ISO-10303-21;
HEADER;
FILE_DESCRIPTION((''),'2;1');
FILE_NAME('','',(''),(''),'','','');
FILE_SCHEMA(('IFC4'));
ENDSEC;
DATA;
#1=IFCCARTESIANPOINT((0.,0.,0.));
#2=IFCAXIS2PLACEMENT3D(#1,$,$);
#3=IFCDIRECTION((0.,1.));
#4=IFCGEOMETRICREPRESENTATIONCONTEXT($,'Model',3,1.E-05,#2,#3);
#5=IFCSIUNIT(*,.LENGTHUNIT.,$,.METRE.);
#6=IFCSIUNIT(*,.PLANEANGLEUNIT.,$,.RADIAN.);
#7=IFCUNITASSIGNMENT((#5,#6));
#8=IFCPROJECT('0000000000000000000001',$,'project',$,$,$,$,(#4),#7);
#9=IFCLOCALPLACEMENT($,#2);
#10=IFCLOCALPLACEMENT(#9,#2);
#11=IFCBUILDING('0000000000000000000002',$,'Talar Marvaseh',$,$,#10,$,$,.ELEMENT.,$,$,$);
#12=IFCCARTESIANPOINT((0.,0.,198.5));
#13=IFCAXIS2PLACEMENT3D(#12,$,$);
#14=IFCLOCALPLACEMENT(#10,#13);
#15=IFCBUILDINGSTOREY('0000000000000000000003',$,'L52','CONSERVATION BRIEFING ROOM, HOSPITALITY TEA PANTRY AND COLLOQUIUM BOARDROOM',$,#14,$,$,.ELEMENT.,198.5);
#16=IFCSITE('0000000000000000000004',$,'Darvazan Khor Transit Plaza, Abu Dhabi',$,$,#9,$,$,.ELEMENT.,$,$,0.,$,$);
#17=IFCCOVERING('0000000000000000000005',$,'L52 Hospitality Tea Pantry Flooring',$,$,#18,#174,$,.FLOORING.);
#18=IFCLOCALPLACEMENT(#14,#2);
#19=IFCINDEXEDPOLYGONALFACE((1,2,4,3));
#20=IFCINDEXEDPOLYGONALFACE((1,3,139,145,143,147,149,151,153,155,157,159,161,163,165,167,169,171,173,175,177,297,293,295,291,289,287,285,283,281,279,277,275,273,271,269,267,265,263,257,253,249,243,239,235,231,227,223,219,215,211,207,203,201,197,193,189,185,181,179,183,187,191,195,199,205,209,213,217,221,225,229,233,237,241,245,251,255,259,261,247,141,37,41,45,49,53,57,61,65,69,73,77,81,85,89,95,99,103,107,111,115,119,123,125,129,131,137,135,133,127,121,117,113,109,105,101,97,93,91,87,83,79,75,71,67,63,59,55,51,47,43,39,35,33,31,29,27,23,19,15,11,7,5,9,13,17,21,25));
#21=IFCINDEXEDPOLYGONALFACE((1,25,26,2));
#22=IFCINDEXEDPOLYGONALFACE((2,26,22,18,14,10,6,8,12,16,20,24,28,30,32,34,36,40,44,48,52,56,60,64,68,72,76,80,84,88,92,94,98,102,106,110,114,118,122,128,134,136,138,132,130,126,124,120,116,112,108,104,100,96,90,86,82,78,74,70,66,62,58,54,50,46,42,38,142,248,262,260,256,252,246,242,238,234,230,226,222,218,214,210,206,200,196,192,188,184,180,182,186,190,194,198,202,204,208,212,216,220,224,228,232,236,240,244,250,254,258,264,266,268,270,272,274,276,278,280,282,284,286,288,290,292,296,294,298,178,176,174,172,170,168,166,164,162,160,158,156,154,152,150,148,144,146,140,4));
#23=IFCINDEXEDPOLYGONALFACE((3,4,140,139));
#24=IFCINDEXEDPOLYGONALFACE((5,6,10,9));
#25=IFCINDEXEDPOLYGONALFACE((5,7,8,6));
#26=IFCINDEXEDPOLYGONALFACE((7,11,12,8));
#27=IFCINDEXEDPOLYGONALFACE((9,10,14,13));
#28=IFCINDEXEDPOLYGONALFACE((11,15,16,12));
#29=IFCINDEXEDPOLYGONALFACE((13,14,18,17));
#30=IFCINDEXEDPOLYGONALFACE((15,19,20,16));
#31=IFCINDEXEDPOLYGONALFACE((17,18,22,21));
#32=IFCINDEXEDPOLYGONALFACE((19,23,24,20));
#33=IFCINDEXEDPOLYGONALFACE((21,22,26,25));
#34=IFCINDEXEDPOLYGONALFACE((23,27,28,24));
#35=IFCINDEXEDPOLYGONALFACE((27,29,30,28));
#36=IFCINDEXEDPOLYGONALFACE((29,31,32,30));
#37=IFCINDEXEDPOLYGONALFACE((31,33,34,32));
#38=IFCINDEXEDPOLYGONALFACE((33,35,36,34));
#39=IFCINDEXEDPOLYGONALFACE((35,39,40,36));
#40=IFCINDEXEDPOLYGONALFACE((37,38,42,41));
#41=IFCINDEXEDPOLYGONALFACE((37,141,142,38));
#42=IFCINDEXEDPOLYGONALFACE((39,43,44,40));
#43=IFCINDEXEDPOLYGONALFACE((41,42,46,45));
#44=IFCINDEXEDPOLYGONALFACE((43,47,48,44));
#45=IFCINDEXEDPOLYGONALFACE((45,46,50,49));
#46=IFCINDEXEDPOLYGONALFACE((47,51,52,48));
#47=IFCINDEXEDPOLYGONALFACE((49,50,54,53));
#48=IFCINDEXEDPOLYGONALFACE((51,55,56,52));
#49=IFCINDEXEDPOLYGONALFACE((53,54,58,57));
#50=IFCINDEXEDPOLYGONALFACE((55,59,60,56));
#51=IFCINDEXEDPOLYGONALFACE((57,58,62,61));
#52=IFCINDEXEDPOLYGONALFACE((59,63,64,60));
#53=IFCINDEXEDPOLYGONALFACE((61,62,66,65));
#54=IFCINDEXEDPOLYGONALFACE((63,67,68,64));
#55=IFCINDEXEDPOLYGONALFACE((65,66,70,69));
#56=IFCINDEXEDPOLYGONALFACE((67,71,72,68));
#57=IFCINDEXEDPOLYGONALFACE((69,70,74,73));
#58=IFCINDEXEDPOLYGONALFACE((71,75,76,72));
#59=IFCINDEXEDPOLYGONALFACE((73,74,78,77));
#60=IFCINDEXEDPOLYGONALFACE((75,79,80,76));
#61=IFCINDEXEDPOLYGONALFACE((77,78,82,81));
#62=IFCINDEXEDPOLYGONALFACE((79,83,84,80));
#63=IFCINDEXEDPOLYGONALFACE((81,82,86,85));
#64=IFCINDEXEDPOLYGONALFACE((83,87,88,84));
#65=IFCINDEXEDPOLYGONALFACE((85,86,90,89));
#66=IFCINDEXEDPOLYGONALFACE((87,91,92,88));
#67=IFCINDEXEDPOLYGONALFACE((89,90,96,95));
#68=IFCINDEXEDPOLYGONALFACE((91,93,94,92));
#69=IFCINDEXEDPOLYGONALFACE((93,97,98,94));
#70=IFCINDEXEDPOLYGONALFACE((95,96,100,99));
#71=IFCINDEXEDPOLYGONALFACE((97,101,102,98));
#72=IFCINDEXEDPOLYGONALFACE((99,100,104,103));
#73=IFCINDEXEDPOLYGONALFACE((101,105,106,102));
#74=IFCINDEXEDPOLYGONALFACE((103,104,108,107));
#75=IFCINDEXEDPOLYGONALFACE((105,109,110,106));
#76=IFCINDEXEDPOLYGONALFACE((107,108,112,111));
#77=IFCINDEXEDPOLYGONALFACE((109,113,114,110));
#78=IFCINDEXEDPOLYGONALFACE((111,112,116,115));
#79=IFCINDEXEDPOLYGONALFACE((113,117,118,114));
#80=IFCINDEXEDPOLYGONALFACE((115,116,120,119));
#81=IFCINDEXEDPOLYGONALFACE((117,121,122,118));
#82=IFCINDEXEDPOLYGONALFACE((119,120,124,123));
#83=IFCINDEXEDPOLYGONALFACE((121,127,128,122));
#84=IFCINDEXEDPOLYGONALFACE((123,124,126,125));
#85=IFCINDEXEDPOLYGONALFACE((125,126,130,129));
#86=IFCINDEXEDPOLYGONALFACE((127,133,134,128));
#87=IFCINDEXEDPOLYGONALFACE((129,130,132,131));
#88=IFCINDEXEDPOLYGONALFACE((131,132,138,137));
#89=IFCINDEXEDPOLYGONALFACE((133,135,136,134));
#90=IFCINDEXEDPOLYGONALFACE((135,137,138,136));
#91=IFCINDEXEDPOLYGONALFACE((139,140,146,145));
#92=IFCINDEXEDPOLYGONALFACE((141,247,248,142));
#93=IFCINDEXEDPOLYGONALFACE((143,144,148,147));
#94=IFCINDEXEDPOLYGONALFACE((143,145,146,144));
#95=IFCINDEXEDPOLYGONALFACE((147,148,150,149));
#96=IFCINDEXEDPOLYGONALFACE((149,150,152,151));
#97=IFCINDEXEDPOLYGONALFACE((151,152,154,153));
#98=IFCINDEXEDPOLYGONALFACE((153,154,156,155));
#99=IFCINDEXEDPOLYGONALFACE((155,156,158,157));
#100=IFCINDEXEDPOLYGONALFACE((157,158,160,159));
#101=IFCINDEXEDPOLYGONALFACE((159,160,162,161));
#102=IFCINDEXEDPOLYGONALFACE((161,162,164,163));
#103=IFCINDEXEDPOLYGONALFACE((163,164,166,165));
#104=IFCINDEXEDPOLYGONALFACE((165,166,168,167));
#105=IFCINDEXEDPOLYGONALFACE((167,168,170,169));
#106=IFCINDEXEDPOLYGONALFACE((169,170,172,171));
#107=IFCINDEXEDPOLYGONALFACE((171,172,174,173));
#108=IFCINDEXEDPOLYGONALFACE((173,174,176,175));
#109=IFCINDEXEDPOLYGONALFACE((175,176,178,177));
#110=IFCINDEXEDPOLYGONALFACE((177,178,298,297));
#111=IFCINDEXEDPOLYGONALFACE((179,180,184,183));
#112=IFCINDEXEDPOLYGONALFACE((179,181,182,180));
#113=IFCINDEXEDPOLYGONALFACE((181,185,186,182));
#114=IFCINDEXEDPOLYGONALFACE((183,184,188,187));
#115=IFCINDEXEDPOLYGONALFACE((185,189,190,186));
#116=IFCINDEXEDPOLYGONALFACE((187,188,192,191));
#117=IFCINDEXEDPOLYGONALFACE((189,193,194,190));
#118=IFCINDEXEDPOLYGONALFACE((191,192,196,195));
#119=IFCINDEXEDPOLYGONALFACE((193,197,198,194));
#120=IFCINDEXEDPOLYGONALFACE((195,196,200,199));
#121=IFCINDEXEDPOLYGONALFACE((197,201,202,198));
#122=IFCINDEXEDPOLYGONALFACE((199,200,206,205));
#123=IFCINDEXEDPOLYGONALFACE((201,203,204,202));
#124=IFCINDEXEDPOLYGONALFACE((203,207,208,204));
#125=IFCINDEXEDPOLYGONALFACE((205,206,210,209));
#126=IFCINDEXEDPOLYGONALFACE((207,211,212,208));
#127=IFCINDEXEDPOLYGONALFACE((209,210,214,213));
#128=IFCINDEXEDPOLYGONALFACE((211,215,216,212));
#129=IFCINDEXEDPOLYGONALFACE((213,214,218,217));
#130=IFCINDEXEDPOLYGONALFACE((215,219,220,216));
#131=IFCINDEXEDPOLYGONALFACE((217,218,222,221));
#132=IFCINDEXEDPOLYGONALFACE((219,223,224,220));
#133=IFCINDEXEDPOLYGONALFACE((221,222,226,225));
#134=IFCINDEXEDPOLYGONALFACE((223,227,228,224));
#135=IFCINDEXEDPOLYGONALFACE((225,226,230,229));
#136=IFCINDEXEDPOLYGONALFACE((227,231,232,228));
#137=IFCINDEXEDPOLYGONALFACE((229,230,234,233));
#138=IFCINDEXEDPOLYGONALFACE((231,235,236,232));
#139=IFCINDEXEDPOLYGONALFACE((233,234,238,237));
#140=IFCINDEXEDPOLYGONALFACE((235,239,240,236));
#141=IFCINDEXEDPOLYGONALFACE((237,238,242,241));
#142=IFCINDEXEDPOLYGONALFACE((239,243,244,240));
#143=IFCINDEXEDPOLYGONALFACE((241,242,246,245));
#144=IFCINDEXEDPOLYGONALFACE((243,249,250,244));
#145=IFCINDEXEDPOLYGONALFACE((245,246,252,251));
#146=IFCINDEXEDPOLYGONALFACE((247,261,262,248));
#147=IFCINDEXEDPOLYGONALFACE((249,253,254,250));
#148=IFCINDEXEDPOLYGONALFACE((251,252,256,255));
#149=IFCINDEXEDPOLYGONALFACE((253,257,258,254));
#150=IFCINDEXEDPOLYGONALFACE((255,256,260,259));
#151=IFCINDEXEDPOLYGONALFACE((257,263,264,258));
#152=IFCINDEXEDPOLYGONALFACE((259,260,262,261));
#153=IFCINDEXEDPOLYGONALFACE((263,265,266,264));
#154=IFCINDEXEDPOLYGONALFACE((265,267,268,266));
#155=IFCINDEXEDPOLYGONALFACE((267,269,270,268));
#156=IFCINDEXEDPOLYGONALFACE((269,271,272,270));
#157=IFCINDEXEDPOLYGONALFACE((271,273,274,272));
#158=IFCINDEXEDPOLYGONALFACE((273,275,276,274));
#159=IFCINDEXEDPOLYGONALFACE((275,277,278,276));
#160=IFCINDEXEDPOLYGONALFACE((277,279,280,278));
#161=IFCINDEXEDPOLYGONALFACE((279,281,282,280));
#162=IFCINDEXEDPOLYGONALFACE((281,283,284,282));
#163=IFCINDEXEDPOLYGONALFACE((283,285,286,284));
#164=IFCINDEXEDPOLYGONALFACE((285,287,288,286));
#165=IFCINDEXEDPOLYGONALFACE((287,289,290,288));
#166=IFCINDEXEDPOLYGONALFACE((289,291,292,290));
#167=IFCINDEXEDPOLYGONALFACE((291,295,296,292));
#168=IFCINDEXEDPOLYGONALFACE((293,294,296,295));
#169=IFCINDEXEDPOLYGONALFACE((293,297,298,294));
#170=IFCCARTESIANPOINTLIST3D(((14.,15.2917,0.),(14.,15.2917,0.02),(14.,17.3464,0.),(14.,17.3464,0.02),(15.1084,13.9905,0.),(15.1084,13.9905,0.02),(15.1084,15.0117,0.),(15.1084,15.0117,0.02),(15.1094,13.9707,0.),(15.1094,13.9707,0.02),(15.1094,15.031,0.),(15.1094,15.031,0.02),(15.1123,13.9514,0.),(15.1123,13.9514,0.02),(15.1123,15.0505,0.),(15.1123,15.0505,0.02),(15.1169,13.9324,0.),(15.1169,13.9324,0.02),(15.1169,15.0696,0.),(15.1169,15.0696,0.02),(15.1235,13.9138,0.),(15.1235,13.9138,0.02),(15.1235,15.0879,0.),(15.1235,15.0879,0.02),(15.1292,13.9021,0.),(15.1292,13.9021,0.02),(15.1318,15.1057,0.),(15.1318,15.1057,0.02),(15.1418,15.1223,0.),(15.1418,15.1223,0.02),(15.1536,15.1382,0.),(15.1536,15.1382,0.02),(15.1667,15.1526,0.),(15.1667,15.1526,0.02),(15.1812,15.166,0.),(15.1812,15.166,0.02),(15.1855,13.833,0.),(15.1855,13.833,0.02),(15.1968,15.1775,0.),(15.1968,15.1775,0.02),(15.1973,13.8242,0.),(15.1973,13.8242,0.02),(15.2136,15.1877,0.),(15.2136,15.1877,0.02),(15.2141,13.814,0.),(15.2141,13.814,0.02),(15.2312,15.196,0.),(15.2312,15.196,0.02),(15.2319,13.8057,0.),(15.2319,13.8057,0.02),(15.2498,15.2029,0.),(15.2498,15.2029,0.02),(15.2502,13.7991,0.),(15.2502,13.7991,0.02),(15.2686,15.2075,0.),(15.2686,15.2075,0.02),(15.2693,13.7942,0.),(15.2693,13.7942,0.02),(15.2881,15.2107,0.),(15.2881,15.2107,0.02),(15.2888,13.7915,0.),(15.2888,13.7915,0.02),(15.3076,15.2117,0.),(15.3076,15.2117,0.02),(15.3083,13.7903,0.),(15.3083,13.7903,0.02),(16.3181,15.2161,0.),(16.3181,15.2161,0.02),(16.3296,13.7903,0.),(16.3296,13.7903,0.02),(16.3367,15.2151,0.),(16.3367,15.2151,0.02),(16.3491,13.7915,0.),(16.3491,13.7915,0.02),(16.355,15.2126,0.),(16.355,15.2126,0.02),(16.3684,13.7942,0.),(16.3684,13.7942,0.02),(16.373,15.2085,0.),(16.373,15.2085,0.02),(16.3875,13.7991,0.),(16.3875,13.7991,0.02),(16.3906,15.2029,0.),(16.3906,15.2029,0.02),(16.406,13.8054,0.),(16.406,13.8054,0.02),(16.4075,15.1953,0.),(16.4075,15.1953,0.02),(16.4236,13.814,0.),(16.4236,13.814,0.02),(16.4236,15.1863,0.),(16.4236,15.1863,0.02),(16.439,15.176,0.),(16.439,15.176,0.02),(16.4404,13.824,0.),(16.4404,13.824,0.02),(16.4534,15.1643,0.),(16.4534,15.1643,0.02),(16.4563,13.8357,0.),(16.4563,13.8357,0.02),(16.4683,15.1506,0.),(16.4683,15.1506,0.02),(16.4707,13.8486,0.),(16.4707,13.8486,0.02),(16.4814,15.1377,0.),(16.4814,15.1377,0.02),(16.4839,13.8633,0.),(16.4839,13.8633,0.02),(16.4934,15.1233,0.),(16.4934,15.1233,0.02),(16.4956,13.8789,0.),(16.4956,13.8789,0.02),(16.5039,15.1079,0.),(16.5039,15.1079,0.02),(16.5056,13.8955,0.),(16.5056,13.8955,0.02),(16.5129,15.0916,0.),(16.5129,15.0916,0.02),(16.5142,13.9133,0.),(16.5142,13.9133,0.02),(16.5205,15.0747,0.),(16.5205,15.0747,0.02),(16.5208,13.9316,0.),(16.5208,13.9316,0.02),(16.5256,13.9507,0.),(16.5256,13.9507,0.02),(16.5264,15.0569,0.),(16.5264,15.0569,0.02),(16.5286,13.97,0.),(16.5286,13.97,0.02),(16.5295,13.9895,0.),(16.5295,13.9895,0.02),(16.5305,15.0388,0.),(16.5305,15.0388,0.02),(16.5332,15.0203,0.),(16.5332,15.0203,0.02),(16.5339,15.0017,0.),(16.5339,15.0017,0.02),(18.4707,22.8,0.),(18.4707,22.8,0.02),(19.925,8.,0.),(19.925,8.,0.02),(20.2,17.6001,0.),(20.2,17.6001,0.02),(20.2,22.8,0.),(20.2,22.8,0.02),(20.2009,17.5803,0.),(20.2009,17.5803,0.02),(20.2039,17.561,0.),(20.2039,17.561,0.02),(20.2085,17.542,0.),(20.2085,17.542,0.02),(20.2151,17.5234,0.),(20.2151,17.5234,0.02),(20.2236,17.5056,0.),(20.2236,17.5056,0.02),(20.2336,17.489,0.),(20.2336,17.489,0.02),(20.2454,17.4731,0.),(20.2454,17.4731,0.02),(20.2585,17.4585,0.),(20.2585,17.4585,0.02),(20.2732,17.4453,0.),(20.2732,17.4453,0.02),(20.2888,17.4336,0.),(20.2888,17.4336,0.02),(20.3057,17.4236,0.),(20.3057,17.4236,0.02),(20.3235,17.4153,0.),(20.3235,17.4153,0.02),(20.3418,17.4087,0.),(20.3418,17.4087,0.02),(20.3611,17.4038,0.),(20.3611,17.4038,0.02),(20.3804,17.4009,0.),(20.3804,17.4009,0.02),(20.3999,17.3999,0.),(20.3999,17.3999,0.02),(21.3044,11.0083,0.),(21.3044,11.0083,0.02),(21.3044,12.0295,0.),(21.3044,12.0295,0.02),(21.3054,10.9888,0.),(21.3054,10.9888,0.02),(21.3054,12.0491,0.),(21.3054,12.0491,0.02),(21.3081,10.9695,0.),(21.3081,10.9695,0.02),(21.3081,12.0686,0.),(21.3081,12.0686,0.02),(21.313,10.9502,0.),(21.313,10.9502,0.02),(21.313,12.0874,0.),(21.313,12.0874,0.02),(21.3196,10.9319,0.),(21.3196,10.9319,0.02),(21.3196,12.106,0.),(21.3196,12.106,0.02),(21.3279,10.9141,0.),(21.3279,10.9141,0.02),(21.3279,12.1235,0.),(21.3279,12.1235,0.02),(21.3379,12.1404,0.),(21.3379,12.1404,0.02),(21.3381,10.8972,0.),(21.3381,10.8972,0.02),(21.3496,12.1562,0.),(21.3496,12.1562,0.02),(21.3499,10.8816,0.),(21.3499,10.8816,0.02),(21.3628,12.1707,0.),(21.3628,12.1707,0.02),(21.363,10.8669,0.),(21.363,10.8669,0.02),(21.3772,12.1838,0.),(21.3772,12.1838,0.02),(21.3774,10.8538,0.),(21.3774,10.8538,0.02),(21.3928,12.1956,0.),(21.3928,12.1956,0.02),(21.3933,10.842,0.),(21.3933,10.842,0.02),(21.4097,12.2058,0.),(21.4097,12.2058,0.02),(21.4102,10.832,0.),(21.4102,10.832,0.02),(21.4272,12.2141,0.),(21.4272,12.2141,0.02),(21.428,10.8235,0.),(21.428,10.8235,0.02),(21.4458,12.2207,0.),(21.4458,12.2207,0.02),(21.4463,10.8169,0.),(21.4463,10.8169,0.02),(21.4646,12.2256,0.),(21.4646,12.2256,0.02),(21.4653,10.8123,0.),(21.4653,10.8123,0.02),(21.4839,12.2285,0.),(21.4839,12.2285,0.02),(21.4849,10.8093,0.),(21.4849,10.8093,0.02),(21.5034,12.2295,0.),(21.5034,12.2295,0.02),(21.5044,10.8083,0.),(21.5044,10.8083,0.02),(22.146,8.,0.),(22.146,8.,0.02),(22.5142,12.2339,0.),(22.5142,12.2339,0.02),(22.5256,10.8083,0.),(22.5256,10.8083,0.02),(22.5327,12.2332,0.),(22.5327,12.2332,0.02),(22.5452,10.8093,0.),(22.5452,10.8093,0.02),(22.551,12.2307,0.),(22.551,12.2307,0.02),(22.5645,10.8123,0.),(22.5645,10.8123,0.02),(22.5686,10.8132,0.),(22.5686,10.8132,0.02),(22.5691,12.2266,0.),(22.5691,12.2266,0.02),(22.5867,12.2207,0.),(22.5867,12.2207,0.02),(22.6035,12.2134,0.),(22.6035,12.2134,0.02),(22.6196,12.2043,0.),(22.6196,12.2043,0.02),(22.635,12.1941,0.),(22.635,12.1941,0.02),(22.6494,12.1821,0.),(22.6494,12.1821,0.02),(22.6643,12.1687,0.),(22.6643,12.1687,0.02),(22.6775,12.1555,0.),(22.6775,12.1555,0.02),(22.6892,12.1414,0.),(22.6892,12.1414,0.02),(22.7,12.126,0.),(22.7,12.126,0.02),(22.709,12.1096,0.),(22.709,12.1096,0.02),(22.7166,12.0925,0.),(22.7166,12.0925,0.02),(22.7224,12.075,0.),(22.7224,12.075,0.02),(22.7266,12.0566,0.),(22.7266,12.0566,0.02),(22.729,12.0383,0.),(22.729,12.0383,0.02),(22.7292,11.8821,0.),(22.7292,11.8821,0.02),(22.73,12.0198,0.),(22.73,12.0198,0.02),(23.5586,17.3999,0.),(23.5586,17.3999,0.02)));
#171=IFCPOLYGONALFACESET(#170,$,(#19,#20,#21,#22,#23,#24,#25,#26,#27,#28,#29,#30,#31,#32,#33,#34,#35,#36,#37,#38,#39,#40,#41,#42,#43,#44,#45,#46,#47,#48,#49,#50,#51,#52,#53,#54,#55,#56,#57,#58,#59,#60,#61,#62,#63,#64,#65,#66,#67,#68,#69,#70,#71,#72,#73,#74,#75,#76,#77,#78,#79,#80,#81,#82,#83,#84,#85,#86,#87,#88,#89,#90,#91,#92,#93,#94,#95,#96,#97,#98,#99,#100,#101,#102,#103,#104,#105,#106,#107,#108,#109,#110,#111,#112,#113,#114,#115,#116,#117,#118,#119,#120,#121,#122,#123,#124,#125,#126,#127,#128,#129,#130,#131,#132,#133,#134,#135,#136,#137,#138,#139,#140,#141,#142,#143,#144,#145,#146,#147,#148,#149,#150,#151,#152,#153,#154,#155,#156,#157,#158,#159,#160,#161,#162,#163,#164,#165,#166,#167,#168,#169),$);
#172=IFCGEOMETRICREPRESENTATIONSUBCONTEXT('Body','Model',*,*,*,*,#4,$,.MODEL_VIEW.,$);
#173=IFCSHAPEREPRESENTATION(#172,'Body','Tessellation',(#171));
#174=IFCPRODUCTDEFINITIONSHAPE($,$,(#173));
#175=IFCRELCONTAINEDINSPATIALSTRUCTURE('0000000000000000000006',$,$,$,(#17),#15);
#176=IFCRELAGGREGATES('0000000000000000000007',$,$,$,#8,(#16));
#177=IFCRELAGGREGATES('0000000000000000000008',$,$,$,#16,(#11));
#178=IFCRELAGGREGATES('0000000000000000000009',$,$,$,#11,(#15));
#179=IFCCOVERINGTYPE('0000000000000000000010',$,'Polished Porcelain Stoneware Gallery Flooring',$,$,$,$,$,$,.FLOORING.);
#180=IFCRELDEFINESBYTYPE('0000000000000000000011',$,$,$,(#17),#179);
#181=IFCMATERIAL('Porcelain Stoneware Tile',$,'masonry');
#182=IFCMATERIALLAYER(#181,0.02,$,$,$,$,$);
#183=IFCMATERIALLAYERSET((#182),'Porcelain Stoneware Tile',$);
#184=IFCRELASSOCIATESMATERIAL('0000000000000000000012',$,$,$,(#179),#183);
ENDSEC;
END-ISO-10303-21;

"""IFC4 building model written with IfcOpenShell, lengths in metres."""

from ifc_helpers import new_model, si_unit, direction, frame, origin, place, context, subcontext, project, spatial, polyline, outline, extrude, material, layer, layer_set, type_object, element, save


model = new_model("IFC4")

# Units and contexts
model_context = context("Model", 3, precision=1e-05, world=origin(), true_north=direction((0.0, 1.0)))
body_context = subcontext(model_context, "Body", "Model", "MODEL_VIEW")
ifc_project = project(units=[si_unit("LENGTHUNIT", "METRE"), si_unit("PLANEANGLEUNIT", "RADIAN")], contexts=[model_context])

# Site, building, storey
site_placement = place(None, origin())
site = spatial("IfcSite", under=ifc_project, at=site_placement, Name="Darvazan Khor Transit Plaza, Abu Dhabi", CompositionType="ELEMENT", RefElevation=0.0)
building_placement = place(site_placement, origin())
building = spatial("IfcBuilding", under=site, at=building_placement, Name="Talar Marvaseh", CompositionType="ELEMENT")
storey_placement = place(building_placement, frame((0.0, 0.0, 198.5)))
storey = spatial("IfcBuildingStorey", under=building, at=storey_placement, Name="L52", Description="CONSERVATION BRIEFING ROOM, HOSPITALITY TEA PANTRY AND COLLOQUIUM BOARDROOM", CompositionType="ELEMENT", Elevation=198.5)

# Covering
ifc_material_1 = material(Name="Porcelain Stoneware Tile", Category="masonry")
ifc_layer_1 = layer(ifc_material_1, 0.02)
ifc_layer_set_1 = layer_set([ifc_layer_1], Name="Porcelain Stoneware Tile")
covering_type_1 = type_object("IfcCoveringType", Name="Polished Porcelain Stoneware Gallery Flooring", PredefinedType="FLOORING", material=ifc_layer_set_1)
covering_1_placement = place(storey_placement, origin())
element("IfcCovering", 1, at=covering_1_placement, inside=storey, type_object=covering_type_1, Name="L52 Hospitality Tea Pantry Flooring", PredefinedType="FLOORING", context=body_context, shape_type="SweptSolid", body=[
    extrude(outline(polyline([(14.0, 17.3464), (18.4707, 22.8), (20.2, 22.8), (20.2, 17.6001), (20.2009, 17.5803), (20.2039, 17.561), (20.2085, 17.542), (20.2151, 17.5234), (20.2236, 17.5056), (20.2336, 17.489), (20.2454, 17.4731), (20.2585, 17.4585), (20.2732, 17.4453), (20.2888, 17.4336), (20.3057, 17.4236), (20.3235, 17.4153), (20.3418, 17.4087), (20.3611, 17.4038), (20.3804, 17.4009), (20.3999, 17.3999), (23.5586, 17.3999), (22.7292, 11.8821), (22.73, 12.0198), (22.729, 12.0383), (22.7266, 12.0566), (22.7224, 12.075), (22.7166, 12.0925), (22.709, 12.1096), (22.7, 12.126), (22.6892, 12.1414), (22.6775, 12.1555), (22.6643, 12.1687), (22.6494, 12.1821), (22.635, 12.1941), (22.6196, 12.2043), (22.6035, 12.2134), (22.5867, 12.2207), (22.5691, 12.2266), (22.551, 12.2307), (22.5327, 12.2332), (22.5142, 12.2339), (21.5034, 12.2295), (21.4839, 12.2285), (21.4646, 12.2256), (21.4458, 12.2207), (21.4272, 12.2141), (21.4097, 12.2058), (21.3928, 12.1956), (21.3772, 12.1838), (21.3628, 12.1707), (21.3496, 12.1562), (21.3379, 12.1404), (21.3279, 12.1235), (21.3196, 12.106), (21.313, 12.0874), (21.3081, 12.0686), (21.3054, 12.0491), (21.3044, 12.0295), (21.3044, 11.0083), (21.3054, 10.9888), (21.3081, 10.9695), (21.313, 10.9502), (21.3196, 10.9319), (21.3279, 10.9141), (21.3381, 10.8972), (21.3499, 10.8816), (21.363, 10.8669), (21.3774, 10.8538), (21.3933, 10.842), (21.4102, 10.832), (21.428, 10.8235), (21.4463, 10.8169), (21.4653, 10.8123), (21.4849, 10.8093), (21.5044, 10.8083), (22.5256, 10.8083), (22.5452, 10.8093), (22.5645, 10.8123), (22.5686, 10.8132), (22.146, 8.0), (19.925, 8.0), (15.1855, 13.833), (15.1973, 13.8242), (15.2141, 13.814), (15.2319, 13.8057), (15.2502, 13.7991), (15.2693, 13.7942), (15.2888, 13.7915), (15.3083, 13.7903), (16.3296, 13.7903), (16.3491, 13.7915), (16.3684, 13.7942), (16.3875, 13.7991), (16.406, 13.8054), (16.4236, 13.814), (16.4404, 13.824), (16.4563, 13.8357), (16.4707, 13.8486), (16.4839, 13.8633), (16.4956, 13.8789), (16.5056, 13.8955), (16.5142, 13.9133), (16.5208, 13.9316), (16.5256, 13.9507), (16.5286, 13.97), (16.5295, 13.9895), (16.5339, 15.0017), (16.5332, 15.0203), (16.5305, 15.0388), (16.5264, 15.0569), (16.5205, 15.0747), (16.5129, 15.0916), (16.5039, 15.1079), (16.4934, 15.1233), (16.4814, 15.1377), (16.4683, 15.1506), (16.4534, 15.1643), (16.439, 15.176), (16.4236, 15.1863), (16.4075, 15.1953), (16.3906, 15.2029), (16.373, 15.2085), (16.355, 15.2126), (16.3367, 15.2151), (16.3181, 15.2161), (15.3076, 15.2117), (15.2881, 15.2107), (15.2686, 15.2075), (15.2498, 15.2029), (15.2312, 15.196), (15.2136, 15.1877), (15.1968, 15.1775), (15.1812, 15.166), (15.1667, 15.1526), (15.1536, 15.1382), (15.1418, 15.1223), (15.1318, 15.1057), (15.1235, 15.0879), (15.1169, 15.0696), (15.1123, 15.0505), (15.1094, 15.031), (15.1084, 15.0117), (15.1084, 13.9905), (15.1094, 13.9707), (15.1123, 13.9514), (15.1169, 13.9324), (15.1235, 13.9138), (15.1292, 13.9021), (14.0, 15.2917), (14.0, 17.3464)])), origin(), (0.0, 0.0, 1.0), 0.02),
])

save(model, "model.ifc")
